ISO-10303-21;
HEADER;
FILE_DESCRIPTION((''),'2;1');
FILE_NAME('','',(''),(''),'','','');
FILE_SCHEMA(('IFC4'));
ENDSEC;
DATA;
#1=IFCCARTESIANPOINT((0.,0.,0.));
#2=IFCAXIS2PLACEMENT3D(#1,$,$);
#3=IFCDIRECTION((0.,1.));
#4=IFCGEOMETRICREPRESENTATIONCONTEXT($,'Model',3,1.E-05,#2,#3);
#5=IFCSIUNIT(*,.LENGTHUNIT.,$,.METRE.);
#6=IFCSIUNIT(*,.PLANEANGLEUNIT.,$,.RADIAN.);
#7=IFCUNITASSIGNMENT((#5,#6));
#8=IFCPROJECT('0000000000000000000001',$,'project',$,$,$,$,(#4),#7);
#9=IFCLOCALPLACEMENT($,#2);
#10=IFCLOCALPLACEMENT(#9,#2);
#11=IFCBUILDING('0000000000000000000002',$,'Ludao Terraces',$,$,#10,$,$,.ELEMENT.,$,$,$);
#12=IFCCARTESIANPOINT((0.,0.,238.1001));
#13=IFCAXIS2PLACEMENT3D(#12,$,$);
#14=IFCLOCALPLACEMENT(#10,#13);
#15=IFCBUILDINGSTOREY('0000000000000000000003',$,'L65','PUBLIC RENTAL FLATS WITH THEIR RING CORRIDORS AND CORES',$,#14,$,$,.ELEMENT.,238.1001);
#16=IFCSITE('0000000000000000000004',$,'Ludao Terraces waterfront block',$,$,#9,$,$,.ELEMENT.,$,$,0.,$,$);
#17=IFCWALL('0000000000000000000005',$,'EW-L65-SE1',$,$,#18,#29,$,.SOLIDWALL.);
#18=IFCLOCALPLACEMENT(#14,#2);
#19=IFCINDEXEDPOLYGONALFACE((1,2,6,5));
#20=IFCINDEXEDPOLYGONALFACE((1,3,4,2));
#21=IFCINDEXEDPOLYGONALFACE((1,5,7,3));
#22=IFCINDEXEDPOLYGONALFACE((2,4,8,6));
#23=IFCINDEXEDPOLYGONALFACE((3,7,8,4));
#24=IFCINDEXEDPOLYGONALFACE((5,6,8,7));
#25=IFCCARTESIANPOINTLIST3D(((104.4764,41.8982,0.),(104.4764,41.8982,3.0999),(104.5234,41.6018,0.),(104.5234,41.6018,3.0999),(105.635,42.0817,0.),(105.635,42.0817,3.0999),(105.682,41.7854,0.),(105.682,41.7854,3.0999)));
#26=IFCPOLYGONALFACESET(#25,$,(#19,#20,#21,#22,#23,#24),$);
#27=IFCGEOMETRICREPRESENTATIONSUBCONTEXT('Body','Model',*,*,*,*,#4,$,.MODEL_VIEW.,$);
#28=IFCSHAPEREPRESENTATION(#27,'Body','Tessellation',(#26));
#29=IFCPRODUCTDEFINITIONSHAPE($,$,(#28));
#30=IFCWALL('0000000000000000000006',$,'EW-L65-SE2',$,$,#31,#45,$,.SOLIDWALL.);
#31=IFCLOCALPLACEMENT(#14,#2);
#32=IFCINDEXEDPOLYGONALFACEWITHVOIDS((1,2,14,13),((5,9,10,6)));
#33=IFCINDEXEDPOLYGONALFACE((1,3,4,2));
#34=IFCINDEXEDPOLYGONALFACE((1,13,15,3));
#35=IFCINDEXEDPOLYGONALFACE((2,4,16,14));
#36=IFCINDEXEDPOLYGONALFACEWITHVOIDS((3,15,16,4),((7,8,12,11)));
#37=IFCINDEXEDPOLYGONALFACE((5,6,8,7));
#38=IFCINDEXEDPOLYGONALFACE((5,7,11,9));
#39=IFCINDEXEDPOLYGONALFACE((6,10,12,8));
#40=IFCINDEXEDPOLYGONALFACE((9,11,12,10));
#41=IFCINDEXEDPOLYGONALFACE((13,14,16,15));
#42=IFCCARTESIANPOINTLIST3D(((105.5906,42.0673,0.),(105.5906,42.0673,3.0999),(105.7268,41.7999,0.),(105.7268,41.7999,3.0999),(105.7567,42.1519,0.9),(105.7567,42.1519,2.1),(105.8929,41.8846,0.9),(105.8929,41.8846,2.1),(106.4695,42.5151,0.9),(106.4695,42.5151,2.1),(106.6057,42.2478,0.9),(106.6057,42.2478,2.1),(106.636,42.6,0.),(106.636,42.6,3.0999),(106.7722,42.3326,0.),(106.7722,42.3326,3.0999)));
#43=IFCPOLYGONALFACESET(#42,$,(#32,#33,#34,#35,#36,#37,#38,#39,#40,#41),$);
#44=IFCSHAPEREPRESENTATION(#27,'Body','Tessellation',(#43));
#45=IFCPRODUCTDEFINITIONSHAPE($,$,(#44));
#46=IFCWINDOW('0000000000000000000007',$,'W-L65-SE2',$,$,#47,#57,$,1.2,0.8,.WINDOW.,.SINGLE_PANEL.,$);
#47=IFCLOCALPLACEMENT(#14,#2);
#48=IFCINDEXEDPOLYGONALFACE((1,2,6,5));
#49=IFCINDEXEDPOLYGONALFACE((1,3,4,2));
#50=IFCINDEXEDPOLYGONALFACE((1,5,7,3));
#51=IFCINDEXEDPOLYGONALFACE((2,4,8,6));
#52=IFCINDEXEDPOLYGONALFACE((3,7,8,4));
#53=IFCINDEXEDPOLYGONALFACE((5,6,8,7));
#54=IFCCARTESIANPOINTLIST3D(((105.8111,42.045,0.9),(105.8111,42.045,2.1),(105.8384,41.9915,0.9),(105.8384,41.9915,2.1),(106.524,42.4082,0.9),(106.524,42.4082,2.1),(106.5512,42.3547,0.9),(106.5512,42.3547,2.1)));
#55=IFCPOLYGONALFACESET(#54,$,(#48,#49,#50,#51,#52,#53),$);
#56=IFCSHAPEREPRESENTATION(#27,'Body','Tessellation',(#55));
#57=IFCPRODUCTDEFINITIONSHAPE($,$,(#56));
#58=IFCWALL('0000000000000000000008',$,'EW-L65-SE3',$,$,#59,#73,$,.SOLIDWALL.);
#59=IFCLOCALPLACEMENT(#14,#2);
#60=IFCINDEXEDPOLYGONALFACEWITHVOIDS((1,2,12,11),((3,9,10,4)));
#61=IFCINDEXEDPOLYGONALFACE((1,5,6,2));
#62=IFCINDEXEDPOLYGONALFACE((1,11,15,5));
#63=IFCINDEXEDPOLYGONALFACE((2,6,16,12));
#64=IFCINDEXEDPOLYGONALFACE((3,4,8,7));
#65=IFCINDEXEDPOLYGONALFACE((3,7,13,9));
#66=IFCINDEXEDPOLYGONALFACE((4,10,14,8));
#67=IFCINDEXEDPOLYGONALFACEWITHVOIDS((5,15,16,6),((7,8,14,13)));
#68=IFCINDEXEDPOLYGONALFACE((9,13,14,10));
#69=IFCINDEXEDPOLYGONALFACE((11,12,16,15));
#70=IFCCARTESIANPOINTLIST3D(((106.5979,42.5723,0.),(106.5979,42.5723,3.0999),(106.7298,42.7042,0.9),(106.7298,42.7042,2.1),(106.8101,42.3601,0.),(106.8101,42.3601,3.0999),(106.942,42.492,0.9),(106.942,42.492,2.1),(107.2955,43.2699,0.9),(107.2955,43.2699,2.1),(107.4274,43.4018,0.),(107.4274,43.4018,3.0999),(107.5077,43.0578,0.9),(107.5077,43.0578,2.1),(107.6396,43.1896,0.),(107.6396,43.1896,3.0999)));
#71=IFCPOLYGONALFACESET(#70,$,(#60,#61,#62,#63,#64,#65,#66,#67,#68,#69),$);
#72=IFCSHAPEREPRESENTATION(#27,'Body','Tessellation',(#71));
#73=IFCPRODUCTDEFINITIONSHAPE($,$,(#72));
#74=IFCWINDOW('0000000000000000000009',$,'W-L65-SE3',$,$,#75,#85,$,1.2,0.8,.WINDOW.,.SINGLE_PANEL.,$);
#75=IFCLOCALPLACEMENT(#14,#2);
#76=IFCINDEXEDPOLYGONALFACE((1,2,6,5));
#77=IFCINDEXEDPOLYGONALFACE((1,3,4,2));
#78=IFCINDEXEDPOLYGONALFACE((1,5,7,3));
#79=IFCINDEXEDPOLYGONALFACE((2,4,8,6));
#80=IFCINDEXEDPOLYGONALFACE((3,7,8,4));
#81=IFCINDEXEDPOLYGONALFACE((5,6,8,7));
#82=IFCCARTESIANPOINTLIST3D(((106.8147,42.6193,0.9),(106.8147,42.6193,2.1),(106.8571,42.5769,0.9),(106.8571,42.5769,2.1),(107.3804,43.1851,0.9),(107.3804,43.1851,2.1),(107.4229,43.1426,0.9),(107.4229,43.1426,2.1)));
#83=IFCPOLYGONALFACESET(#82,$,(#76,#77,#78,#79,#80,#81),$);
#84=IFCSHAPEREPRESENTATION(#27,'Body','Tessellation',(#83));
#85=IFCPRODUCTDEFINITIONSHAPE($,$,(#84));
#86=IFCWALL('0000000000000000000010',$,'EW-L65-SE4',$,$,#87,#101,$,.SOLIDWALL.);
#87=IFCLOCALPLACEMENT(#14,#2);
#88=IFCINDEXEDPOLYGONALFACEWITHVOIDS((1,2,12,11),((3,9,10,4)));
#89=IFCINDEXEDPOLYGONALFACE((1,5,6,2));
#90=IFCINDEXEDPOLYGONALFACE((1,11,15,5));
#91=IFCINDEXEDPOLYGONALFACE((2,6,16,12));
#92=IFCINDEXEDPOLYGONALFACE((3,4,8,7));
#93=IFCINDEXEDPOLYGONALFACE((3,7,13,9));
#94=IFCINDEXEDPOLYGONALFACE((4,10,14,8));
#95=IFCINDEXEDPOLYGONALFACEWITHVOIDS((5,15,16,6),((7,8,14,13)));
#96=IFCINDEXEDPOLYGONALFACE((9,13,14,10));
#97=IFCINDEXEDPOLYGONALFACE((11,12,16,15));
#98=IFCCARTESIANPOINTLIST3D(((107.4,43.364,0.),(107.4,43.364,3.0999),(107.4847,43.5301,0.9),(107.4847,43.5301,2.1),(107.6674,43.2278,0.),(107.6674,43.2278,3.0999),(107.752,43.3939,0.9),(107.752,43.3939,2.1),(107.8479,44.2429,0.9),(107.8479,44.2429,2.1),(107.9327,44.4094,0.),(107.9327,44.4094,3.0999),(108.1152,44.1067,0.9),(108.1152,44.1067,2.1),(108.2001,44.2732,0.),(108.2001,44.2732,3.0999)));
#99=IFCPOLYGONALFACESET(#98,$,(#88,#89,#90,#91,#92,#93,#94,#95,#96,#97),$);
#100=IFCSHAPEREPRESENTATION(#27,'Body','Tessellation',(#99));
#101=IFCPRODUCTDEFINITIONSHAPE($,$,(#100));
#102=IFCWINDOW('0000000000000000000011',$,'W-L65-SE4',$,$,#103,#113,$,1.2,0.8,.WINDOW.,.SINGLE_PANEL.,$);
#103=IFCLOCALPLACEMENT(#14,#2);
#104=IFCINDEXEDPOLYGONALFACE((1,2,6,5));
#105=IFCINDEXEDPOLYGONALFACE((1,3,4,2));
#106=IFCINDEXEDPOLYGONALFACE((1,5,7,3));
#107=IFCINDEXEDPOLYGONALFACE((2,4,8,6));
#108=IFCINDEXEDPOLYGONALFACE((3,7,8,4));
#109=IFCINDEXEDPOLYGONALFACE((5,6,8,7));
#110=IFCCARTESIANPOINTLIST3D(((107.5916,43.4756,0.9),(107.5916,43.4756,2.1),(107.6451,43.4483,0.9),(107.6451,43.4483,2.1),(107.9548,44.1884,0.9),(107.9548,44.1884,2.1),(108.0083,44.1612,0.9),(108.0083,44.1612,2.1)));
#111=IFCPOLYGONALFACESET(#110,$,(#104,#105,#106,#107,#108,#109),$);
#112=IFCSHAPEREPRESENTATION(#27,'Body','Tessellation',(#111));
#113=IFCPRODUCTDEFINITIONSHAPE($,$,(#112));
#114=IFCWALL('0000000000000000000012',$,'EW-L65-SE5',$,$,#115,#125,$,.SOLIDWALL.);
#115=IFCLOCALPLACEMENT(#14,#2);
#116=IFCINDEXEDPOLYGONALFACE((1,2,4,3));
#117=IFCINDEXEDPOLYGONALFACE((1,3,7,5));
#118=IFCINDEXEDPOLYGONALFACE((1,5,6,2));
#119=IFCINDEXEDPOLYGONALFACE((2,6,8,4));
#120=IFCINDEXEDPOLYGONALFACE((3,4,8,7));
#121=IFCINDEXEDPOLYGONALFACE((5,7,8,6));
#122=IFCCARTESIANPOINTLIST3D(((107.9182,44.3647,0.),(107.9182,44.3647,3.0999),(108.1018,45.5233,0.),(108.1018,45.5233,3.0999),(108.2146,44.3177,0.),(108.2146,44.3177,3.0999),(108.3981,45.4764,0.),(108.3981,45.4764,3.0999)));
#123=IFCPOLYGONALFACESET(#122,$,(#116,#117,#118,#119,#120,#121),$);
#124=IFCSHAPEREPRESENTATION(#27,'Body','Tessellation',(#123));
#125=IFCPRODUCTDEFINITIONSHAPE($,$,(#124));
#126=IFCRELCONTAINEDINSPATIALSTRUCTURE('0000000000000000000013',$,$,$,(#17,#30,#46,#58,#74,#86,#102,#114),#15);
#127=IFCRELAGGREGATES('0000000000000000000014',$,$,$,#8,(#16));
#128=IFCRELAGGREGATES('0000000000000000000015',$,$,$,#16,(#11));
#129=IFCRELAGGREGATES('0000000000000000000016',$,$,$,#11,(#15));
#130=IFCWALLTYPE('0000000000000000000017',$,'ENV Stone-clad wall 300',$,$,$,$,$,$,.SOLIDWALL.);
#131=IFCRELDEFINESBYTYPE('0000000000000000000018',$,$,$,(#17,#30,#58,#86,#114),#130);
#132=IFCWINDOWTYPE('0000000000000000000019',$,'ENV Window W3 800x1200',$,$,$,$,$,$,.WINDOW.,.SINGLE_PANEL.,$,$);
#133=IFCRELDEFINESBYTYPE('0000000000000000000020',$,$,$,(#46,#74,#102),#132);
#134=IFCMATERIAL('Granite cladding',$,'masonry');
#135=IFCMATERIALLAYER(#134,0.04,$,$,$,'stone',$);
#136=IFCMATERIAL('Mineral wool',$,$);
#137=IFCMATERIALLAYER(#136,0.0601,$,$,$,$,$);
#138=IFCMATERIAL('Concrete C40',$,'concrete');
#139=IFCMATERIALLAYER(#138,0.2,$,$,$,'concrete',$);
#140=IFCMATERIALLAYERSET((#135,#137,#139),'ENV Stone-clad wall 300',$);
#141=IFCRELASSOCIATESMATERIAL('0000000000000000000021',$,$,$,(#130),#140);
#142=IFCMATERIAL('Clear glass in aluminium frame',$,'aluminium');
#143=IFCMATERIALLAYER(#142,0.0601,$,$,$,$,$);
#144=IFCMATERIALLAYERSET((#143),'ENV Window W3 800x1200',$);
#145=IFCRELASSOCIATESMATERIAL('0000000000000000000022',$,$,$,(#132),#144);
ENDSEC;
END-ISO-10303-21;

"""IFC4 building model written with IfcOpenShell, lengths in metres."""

from ifc_helpers import new_model, si_unit, direction, frame, frame_2d, origin, place, context, subcontext, project, spatial, rectangle, extrude, material, layer, layer_set, type_object, element, fill, save


model = new_model("IFC4")

# Units and contexts
model_context = context("Model", 3, precision=1e-05, world=origin(), true_north=direction((0.0, 1.0)))
body_context = subcontext(model_context, "Body", "Model", "MODEL_VIEW")
ifc_project = project(units=[si_unit("LENGTHUNIT", "METRE"), si_unit("PLANEANGLEUNIT", "RADIAN")], contexts=[model_context])

# Site, building, storey
site_placement = place(None, origin())
site = spatial("IfcSite", under=ifc_project, at=site_placement, Name="Ludao Terraces waterfront block", CompositionType="ELEMENT", RefElevation=0.0)
building_placement = place(site_placement, origin())
building = spatial("IfcBuilding", under=site, at=building_placement, Name="Ludao Terraces", CompositionType="ELEMENT")
storey_placement = place(building_placement, frame((0.0, 0.0, 238.1001)))
storey = spatial("IfcBuildingStorey", under=building, at=storey_placement, Name="L65", Description="PUBLIC RENTAL FLATS WITH THEIR RING CORRIDORS AND CORES", CompositionType="ELEMENT", Elevation=238.1001)

# Wall
ifc_material_1 = material(Name="Granite cladding", Category="masonry")
ifc_layer_1 = layer(ifc_material_1, 0.04, Category="stone")
ifc_material_2 = material(Name="Mineral wool")
ifc_layer_2 = layer(ifc_material_2, 0.0601)
ifc_material_3 = material(Name="Concrete C40", Category="concrete")
ifc_layer_3 = layer(ifc_material_3, 0.2, Category="concrete")
ifc_layer_set_1 = layer_set([ifc_layer_1, ifc_layer_2, ifc_layer_3], Name="ENV Stone-clad wall 300")
wall_type = type_object("IfcWallType", Name="ENV Stone-clad wall 300", PredefinedType="SOLIDWALL", material=ifc_layer_set_1)
wall_1_placement = place(storey_placement, frame((104.5, 41.75, 0.0), z_axis=(0.0, 0.0, 1.0), x_axis=(0.987678, 0.156497, 0.0)))
element("IfcWall", 1, at=wall_1_placement, inside=storey, type_object=wall_type, Name="EW-L65-SE1", PredefinedType="SOLIDWALL", context=body_context, shape_type="SweptSolid", body=[
    extrude(rectangle(XDim=1.1731, YDim=0.3, at=frame_2d((0.5864, 0.0))), origin(), (0.0, 0.0, 1.0), 3.0999),
])

# Walls, openings, windows
wall_2_placement = place(storey_placement, frame((105.6587, 41.9336, 0.0), z_axis=(0.0, 0.0, 1.0), x_axis=(0.890989, 0.454026, 0.0)))
wall_2 = element("IfcWall", 2, at=wall_2_placement, inside=storey, type_object=wall_type, Name="EW-L65-SE2", PredefinedType="SOLIDWALL", context=body_context, shape_type="SweptSolid", body=[
    extrude(rectangle(XDim=1.1733, YDim=0.3, at=frame_2d((0.5867, 0.0))), origin(), (0.0, 0.0, 1.0), 3.0999),
])
opening_1_placement = place(wall_2_placement, frame((0.1865, 0.0, 0.8999)))
opening_1 = element("IfcOpeningElement", 3, at=opening_1_placement, cuts=wall_2, PredefinedType="OPENING", context=body_context, shape_type="SweptSolid", body=[
    extrude(rectangle(XDim=0.8, YDim=1.2, at=frame_2d((0.3999, 0.6001))), frame((0.0, 0.1602, 0.0), z_axis=(0.0, -1.0, 0.0), x_axis=(1.0, 0.0, 0.0)), (0.0, 0.0, 1.0), 0.3201),
])
ifc_material_4 = material(Name="Clear glass in aluminium frame", Category="aluminium")
ifc_layer_4 = layer(ifc_material_4, 0.0601)
ifc_layer_set_2 = layer_set([ifc_layer_4], Name="ENV Window W3 800x1200")
window_type = type_object("IfcWindowType", Name="ENV Window W3 800x1200", PartitioningType="SINGLE_PANEL", PredefinedType="WINDOW", material=ifc_layer_set_2)
window_1_placement = place(opening_1_placement, origin())
window_1 = element("IfcWindow", 4, at=window_1_placement, inside=storey, type_object=window_type, Name="W-L65-SE2", OverallHeight=1.2, OverallWidth=0.8, PartitioningType="SINGLE_PANEL", PredefinedType="WINDOW", context=body_context, shape_type="SweptSolid", body=[
    extrude(rectangle(XDim=0.8, YDim=1.2, at=frame_2d((0.3999, 0.6001))), frame((0.0, 0.03, 0.0), z_axis=(0.0, -1.0, 0.0), x_axis=(1.0, 0.0, 0.0)), (0.0, 0.0, 1.0), 0.0601),
])
fill(opening_1, window_1)
wall_3_placement = place(storey_placement, frame((106.7041, 42.4663, 0.0), z_axis=(0.0, 0.0, 1.0), x_axis=(0.707107, 0.707107, 0.0)))
wall_3 = element("IfcWall", 5, at=wall_3_placement, inside=storey, type_object=wall_type, Name="EW-L65-SE3", PredefinedType="SOLIDWALL", context=body_context, shape_type="SweptSolid", body=[
    extrude(rectangle(XDim=1.1731, YDim=0.3, at=frame_2d((0.5864, 0.0))), origin(), (0.0, 0.0, 1.0), 3.0999),
])
opening_2_placement = place(wall_3_placement, frame((0.1865, 0.0, 0.8999)))
opening_2 = element("IfcOpeningElement", 6, at=opening_2_placement, cuts=wall_3, PredefinedType="OPENING", context=body_context, shape_type="SweptSolid", body=[
    extrude(rectangle(XDim=0.8, YDim=1.2, at=frame_2d((0.3999, 0.6001))), frame((0.0, 0.1602, 0.0), z_axis=(0.0, -1.0, 0.0), x_axis=(1.0, 0.0, 0.0)), (0.0, 0.0, 1.0), 0.3201),
])
window_2_placement = place(opening_2_placement, origin())
window_2 = element("IfcWindow", 7, at=window_2_placement, inside=storey, type_object=window_type, Name="W-L65-SE3", OverallHeight=1.2, OverallWidth=0.8, PartitioningType="SINGLE_PANEL", PredefinedType="WINDOW", context=body_context, shape_type="SweptSolid", body=[
    extrude(rectangle(XDim=0.8, YDim=1.2, at=frame_2d((0.3999, 0.6001))), frame((0.0, 0.03, 0.0), z_axis=(0.0, -1.0, 0.0), x_axis=(1.0, 0.0, 0.0)), (0.0, 0.0, 1.0), 0.0601),
])
fill(opening_2, window_2)
wall_4_placement = place(storey_placement, frame((107.5337, 43.2959, 0.0), z_axis=(0.0, 0.0, 1.0), x_axis=(0.454026, 0.890989, 0.0)))
wall_4 = element("IfcWall", 8, at=wall_4_placement, inside=storey, type_object=wall_type, Name="EW-L65-SE4", PredefinedType="SOLIDWALL", context=body_context, shape_type="SweptSolid", body=[
    extrude(rectangle(XDim=1.1733, YDim=0.3, at=frame_2d((0.5867, 0.0))), origin(), (0.0, 0.0, 1.0), 3.0999),
])
opening_3_placement = place(wall_4_placement, frame((0.1865, 0.0, 0.8999)))
opening_3 = element("IfcOpeningElement", 9, at=opening_3_placement, cuts=wall_4, PredefinedType="OPENING", context=body_context, shape_type="SweptSolid", body=[
    extrude(rectangle(XDim=0.8, YDim=1.2, at=frame_2d((0.3999, 0.6001))), frame((0.0, 0.1602, 0.0), z_axis=(0.0, -1.0, 0.0), x_axis=(1.0, 0.0, 0.0)), (0.0, 0.0, 1.0), 0.3201),
])
window_3_placement = place(opening_3_placement, origin())
window_3 = element("IfcWindow", 10, at=window_3_placement, inside=storey, type_object=window_type, Name="W-L65-SE4", OverallHeight=1.2, OverallWidth=0.8, PartitioningType="SINGLE_PANEL", PredefinedType="WINDOW", context=body_context, shape_type="SweptSolid", body=[
    extrude(rectangle(XDim=0.8, YDim=1.2, at=frame_2d((0.3999, 0.6001))), frame((0.0, 0.03, 0.0), z_axis=(0.0, -1.0, 0.0), x_axis=(1.0, 0.0, 0.0)), (0.0, 0.0, 1.0), 0.0601),
])
fill(opening_3, window_3)

# Wall
wall_5_placement = place(storey_placement, frame((108.0664, 44.3413, 0.0), z_axis=(0.0, 0.0, 1.0), x_axis=(0.156497, 0.987678, 0.0)))
element("IfcWall", 11, at=wall_5_placement, inside=storey, type_object=wall_type, Name="EW-L65-SE5", PredefinedType="SOLIDWALL", context=body_context, shape_type="SweptSolid", body=[
    extrude(rectangle(XDim=1.1731, YDim=0.3, at=frame_2d((0.5864, 0.0))), origin(), (0.0, 0.0, 1.0), 3.0999),
])

save(model, "model.ifc")
